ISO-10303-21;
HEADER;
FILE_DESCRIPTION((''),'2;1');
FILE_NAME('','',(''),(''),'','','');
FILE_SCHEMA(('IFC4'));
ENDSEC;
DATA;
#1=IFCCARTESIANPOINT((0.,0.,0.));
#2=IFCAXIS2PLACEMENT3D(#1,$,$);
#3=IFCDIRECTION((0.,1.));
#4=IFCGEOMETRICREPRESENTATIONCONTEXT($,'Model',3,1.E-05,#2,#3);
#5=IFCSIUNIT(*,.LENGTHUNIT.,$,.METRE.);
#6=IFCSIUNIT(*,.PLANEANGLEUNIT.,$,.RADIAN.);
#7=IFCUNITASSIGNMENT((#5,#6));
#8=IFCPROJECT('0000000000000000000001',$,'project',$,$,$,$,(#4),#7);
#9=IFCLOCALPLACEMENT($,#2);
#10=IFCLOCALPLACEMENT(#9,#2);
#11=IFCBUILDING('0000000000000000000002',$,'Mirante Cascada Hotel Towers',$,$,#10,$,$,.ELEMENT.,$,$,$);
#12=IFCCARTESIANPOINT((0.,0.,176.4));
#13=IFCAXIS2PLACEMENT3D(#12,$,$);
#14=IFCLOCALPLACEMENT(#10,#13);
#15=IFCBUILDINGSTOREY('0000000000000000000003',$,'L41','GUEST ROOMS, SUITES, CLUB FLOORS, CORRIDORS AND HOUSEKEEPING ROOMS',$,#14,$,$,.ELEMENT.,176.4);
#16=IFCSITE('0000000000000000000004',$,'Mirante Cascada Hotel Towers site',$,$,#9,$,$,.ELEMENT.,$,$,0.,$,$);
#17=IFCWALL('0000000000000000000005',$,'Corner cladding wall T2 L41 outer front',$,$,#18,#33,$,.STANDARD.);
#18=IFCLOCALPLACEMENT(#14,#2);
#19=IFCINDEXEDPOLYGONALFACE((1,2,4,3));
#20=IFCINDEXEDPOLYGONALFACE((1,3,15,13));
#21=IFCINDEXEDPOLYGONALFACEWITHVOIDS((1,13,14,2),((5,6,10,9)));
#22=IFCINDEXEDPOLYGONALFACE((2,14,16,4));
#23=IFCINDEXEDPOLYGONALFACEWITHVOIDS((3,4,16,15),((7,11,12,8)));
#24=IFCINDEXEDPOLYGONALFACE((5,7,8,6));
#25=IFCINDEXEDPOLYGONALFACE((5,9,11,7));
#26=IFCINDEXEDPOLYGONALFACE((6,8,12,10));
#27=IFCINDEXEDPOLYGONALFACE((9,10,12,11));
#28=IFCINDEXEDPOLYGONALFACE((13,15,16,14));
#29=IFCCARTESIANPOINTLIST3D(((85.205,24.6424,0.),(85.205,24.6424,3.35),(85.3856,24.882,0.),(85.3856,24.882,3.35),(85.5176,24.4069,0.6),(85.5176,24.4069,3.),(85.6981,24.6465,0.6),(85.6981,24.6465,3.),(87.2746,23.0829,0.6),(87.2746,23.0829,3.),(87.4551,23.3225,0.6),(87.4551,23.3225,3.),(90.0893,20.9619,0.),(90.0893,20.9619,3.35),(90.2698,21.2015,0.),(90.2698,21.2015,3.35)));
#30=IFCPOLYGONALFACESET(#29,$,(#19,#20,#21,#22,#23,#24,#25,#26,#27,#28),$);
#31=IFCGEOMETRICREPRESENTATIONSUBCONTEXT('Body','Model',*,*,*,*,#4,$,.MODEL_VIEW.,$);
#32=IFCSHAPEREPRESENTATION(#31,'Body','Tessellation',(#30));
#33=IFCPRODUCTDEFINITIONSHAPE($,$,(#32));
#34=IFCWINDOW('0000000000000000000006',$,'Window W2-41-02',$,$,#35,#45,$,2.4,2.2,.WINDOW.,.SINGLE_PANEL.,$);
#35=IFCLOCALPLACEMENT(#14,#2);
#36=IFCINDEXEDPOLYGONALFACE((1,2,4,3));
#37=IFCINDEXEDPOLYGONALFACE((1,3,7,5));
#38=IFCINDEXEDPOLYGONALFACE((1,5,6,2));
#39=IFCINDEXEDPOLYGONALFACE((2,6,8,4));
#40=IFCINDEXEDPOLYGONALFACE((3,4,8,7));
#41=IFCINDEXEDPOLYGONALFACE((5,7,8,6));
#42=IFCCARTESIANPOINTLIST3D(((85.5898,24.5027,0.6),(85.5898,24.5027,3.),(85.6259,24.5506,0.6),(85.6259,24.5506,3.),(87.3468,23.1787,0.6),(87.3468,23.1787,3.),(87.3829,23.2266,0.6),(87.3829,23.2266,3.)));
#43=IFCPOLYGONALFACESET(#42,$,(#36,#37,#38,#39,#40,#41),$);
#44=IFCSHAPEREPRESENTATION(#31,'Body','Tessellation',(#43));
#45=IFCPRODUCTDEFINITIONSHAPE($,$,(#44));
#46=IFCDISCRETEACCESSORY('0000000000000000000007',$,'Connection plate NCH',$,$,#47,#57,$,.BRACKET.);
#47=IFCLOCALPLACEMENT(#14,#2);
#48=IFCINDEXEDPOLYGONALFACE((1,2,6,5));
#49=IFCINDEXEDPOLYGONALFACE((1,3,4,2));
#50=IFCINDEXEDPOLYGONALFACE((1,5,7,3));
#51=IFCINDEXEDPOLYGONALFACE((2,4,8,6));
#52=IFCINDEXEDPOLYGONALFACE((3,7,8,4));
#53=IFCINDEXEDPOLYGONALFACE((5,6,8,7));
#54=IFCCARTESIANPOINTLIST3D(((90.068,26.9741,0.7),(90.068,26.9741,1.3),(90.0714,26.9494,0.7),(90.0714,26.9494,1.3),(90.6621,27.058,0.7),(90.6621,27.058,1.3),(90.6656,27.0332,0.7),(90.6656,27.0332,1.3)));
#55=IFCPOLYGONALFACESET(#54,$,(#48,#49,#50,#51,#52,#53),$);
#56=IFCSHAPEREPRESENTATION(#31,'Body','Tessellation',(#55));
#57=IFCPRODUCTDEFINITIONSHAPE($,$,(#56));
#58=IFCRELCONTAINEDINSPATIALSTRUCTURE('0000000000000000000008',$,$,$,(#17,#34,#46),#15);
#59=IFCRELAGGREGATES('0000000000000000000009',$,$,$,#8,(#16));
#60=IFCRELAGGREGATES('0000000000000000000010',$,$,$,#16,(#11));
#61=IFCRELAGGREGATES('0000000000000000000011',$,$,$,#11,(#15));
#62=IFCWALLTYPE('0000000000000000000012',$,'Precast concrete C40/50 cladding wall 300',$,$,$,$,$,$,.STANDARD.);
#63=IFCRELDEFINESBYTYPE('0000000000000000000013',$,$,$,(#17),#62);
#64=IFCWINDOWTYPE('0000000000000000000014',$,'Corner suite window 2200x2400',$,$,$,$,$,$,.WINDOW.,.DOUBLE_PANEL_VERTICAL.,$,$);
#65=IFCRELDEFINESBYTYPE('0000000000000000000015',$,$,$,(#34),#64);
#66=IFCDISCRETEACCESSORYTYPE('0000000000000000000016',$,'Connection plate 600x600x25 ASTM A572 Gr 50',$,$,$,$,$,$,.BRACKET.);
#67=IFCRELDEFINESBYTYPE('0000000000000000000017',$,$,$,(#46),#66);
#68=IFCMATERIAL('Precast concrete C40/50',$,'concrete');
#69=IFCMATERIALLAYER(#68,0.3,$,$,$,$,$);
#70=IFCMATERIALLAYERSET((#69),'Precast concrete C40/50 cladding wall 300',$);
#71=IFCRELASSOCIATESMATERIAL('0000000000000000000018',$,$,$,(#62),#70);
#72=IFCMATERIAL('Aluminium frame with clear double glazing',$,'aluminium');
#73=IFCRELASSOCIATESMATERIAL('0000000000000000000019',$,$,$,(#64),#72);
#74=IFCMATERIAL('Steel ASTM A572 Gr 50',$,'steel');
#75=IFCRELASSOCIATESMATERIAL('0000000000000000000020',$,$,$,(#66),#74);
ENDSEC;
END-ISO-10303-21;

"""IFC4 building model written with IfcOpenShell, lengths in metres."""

from ifc_helpers import new_model, si_unit, direction, frame, frame_2d, origin, origin_2d, place, context, subcontext, project, spatial, rectangle, extrude, material, layer, layer_set, material_profile, profile_set, type_object, element, fill, save


model = new_model("IFC4")

# Units and contexts
model_context = context("Model", 3, precision=1e-05, world=origin(), true_north=direction((0.0, 1.0)))
body_context = subcontext(model_context, "Body", "Model", "MODEL_VIEW")
ifc_project = project(units=[si_unit("LENGTHUNIT", "METRE"), si_unit("PLANEANGLEUNIT", "RADIAN")], contexts=[model_context])

# Site, building, storey
site_placement = place(None, origin())
site = spatial("IfcSite", under=ifc_project, at=site_placement, Name="Mirante Cascada Hotel Towers site", CompositionType="ELEMENT", RefElevation=0.0)
building_placement = place(site_placement, origin())
building = spatial("IfcBuilding", under=site, at=building_placement, Name="Mirante Cascada Hotel Towers", CompositionType="ELEMENT")
storey_placement = place(building_placement, frame((0.0, 0.0, 176.4)))
storey = spatial("IfcBuildingStorey", under=building, at=storey_placement, Name="L41", Description="GUEST ROOMS, SUITES, CLUB FLOORS, CORRIDORS AND HOUSEKEEPING ROOMS", CompositionType="ELEMENT", Elevation=176.4)

# Wall, opening, window
ifc_material_1 = material(Name="Precast concrete C40/50", Category="concrete")
ifc_layer_1 = layer(ifc_material_1, 0.3)
ifc_layer_set_1 = layer_set([ifc_layer_1], Name="Precast concrete C40/50 cladding wall 300")
wall_type_1 = type_object("IfcWallType", Name="Precast concrete C40/50 cladding wall 300", PredefinedType="STANDARD", material=ifc_layer_set_1)
wall_1_placement = place(storey_placement, frame((90.1795, 21.0817, 0.0), z_axis=(0.0, 0.0, 1.0), x_axis=(-0.798636, 0.601814, 0.0)))
wall_1 = element("IfcWall", 1, at=wall_1_placement, inside=storey, type_object=wall_type_1, Name="Corner cladding wall T2 L41 outer front", PredefinedType="STANDARD", context=body_context, shape_type="SweptSolid", body=[
    extrude(rectangle(XDim=6.1157, YDim=0.3, at=frame_2d((3.0578, 0.0))), origin(), (0.0, 0.0, 1.0), 3.35),
])
opening_placement = place(wall_1_placement, frame((3.5243, 0.0, 0.6)))
opening = element("IfcOpeningElement", 2, at=opening_placement, cuts=wall_1, PredefinedType="OPENING", context=body_context, shape_type="SweptSolid", body=[
    extrude(rectangle(XDim=2.2, YDim=2.4, at=frame_2d((1.1, 1.2))), frame((0.0, 0.15, 0.0), z_axis=(0.0, -1.0, 0.0), x_axis=(1.0, 0.0, 0.0)), (0.0, 0.0, 1.0), 0.3),
])
ifc_material_2 = material(Name="Aluminium frame with clear double glazing", Category="aluminium")
window_type = type_object("IfcWindowType", Name="Corner suite window 2200x2400", PartitioningType="DOUBLE_PANEL_VERTICAL", PredefinedType="WINDOW", material=ifc_material_2)
window_placement = place(opening_placement, origin())
window = element("IfcWindow", 3, at=window_placement, inside=storey, type_object=window_type, Name="Window W2-41-02", OverallHeight=2.4, OverallWidth=2.2, PartitioningType="SINGLE_PANEL", PredefinedType="WINDOW", context=body_context, shape_type="SweptSolid", body=[
    extrude(rectangle(XDim=2.2, YDim=2.4, at=frame_2d((1.1, 1.2))), frame((0.0, 0.03, 0.0), z_axis=(0.0, -1.0, 0.0), x_axis=(1.0, 0.0, 0.0)), (0.0, 0.0, 1.0), 0.06),
])
fill(opening, window)

# Discrete accessory
ifc_material_3 = material(Name="Steel ASTM A572 Gr 50", Category="steel")
ifc_material_profile_1 = material_profile(ifc_material_3, rectangle(XDim=0.6, YDim=0.6, at=origin_2d()), Name="Connection plate 600x600x25 ASTM A572 Gr 50")
ifc_profile_set_1 = profile_set([ifc_material_profile_1], Name="Steel ASTM A572 Gr 50")
discrete_accessory_type = type_object("IfcDiscreteAccessoryType", Name="Connection plate 600x600x25 ASTM A572 Gr 50", PredefinedType="BRACKET", material=ifc_profile_set_1)
discrete_accessory_placement = place(storey_placement, frame((90.3685, 26.9913, 1.0), z_axis=(-0.139744, 0.990188, 0.0), x_axis=(-0.990188, -0.139744, 0.0)))
element("IfcDiscreteAccessory", 4, at=discrete_accessory_placement, inside=storey, type_object=discrete_accessory_type, Name="Connection plate NCH", PredefinedType="BRACKET", context=body_context, shape_type="SweptSolid", body=[
    extrude(rectangle(XDim=0.6, YDim=0.6, at=origin_2d()), origin(), (0.0, 0.0, 1.0), 0.025),
])

save(model, "model.ifc")
